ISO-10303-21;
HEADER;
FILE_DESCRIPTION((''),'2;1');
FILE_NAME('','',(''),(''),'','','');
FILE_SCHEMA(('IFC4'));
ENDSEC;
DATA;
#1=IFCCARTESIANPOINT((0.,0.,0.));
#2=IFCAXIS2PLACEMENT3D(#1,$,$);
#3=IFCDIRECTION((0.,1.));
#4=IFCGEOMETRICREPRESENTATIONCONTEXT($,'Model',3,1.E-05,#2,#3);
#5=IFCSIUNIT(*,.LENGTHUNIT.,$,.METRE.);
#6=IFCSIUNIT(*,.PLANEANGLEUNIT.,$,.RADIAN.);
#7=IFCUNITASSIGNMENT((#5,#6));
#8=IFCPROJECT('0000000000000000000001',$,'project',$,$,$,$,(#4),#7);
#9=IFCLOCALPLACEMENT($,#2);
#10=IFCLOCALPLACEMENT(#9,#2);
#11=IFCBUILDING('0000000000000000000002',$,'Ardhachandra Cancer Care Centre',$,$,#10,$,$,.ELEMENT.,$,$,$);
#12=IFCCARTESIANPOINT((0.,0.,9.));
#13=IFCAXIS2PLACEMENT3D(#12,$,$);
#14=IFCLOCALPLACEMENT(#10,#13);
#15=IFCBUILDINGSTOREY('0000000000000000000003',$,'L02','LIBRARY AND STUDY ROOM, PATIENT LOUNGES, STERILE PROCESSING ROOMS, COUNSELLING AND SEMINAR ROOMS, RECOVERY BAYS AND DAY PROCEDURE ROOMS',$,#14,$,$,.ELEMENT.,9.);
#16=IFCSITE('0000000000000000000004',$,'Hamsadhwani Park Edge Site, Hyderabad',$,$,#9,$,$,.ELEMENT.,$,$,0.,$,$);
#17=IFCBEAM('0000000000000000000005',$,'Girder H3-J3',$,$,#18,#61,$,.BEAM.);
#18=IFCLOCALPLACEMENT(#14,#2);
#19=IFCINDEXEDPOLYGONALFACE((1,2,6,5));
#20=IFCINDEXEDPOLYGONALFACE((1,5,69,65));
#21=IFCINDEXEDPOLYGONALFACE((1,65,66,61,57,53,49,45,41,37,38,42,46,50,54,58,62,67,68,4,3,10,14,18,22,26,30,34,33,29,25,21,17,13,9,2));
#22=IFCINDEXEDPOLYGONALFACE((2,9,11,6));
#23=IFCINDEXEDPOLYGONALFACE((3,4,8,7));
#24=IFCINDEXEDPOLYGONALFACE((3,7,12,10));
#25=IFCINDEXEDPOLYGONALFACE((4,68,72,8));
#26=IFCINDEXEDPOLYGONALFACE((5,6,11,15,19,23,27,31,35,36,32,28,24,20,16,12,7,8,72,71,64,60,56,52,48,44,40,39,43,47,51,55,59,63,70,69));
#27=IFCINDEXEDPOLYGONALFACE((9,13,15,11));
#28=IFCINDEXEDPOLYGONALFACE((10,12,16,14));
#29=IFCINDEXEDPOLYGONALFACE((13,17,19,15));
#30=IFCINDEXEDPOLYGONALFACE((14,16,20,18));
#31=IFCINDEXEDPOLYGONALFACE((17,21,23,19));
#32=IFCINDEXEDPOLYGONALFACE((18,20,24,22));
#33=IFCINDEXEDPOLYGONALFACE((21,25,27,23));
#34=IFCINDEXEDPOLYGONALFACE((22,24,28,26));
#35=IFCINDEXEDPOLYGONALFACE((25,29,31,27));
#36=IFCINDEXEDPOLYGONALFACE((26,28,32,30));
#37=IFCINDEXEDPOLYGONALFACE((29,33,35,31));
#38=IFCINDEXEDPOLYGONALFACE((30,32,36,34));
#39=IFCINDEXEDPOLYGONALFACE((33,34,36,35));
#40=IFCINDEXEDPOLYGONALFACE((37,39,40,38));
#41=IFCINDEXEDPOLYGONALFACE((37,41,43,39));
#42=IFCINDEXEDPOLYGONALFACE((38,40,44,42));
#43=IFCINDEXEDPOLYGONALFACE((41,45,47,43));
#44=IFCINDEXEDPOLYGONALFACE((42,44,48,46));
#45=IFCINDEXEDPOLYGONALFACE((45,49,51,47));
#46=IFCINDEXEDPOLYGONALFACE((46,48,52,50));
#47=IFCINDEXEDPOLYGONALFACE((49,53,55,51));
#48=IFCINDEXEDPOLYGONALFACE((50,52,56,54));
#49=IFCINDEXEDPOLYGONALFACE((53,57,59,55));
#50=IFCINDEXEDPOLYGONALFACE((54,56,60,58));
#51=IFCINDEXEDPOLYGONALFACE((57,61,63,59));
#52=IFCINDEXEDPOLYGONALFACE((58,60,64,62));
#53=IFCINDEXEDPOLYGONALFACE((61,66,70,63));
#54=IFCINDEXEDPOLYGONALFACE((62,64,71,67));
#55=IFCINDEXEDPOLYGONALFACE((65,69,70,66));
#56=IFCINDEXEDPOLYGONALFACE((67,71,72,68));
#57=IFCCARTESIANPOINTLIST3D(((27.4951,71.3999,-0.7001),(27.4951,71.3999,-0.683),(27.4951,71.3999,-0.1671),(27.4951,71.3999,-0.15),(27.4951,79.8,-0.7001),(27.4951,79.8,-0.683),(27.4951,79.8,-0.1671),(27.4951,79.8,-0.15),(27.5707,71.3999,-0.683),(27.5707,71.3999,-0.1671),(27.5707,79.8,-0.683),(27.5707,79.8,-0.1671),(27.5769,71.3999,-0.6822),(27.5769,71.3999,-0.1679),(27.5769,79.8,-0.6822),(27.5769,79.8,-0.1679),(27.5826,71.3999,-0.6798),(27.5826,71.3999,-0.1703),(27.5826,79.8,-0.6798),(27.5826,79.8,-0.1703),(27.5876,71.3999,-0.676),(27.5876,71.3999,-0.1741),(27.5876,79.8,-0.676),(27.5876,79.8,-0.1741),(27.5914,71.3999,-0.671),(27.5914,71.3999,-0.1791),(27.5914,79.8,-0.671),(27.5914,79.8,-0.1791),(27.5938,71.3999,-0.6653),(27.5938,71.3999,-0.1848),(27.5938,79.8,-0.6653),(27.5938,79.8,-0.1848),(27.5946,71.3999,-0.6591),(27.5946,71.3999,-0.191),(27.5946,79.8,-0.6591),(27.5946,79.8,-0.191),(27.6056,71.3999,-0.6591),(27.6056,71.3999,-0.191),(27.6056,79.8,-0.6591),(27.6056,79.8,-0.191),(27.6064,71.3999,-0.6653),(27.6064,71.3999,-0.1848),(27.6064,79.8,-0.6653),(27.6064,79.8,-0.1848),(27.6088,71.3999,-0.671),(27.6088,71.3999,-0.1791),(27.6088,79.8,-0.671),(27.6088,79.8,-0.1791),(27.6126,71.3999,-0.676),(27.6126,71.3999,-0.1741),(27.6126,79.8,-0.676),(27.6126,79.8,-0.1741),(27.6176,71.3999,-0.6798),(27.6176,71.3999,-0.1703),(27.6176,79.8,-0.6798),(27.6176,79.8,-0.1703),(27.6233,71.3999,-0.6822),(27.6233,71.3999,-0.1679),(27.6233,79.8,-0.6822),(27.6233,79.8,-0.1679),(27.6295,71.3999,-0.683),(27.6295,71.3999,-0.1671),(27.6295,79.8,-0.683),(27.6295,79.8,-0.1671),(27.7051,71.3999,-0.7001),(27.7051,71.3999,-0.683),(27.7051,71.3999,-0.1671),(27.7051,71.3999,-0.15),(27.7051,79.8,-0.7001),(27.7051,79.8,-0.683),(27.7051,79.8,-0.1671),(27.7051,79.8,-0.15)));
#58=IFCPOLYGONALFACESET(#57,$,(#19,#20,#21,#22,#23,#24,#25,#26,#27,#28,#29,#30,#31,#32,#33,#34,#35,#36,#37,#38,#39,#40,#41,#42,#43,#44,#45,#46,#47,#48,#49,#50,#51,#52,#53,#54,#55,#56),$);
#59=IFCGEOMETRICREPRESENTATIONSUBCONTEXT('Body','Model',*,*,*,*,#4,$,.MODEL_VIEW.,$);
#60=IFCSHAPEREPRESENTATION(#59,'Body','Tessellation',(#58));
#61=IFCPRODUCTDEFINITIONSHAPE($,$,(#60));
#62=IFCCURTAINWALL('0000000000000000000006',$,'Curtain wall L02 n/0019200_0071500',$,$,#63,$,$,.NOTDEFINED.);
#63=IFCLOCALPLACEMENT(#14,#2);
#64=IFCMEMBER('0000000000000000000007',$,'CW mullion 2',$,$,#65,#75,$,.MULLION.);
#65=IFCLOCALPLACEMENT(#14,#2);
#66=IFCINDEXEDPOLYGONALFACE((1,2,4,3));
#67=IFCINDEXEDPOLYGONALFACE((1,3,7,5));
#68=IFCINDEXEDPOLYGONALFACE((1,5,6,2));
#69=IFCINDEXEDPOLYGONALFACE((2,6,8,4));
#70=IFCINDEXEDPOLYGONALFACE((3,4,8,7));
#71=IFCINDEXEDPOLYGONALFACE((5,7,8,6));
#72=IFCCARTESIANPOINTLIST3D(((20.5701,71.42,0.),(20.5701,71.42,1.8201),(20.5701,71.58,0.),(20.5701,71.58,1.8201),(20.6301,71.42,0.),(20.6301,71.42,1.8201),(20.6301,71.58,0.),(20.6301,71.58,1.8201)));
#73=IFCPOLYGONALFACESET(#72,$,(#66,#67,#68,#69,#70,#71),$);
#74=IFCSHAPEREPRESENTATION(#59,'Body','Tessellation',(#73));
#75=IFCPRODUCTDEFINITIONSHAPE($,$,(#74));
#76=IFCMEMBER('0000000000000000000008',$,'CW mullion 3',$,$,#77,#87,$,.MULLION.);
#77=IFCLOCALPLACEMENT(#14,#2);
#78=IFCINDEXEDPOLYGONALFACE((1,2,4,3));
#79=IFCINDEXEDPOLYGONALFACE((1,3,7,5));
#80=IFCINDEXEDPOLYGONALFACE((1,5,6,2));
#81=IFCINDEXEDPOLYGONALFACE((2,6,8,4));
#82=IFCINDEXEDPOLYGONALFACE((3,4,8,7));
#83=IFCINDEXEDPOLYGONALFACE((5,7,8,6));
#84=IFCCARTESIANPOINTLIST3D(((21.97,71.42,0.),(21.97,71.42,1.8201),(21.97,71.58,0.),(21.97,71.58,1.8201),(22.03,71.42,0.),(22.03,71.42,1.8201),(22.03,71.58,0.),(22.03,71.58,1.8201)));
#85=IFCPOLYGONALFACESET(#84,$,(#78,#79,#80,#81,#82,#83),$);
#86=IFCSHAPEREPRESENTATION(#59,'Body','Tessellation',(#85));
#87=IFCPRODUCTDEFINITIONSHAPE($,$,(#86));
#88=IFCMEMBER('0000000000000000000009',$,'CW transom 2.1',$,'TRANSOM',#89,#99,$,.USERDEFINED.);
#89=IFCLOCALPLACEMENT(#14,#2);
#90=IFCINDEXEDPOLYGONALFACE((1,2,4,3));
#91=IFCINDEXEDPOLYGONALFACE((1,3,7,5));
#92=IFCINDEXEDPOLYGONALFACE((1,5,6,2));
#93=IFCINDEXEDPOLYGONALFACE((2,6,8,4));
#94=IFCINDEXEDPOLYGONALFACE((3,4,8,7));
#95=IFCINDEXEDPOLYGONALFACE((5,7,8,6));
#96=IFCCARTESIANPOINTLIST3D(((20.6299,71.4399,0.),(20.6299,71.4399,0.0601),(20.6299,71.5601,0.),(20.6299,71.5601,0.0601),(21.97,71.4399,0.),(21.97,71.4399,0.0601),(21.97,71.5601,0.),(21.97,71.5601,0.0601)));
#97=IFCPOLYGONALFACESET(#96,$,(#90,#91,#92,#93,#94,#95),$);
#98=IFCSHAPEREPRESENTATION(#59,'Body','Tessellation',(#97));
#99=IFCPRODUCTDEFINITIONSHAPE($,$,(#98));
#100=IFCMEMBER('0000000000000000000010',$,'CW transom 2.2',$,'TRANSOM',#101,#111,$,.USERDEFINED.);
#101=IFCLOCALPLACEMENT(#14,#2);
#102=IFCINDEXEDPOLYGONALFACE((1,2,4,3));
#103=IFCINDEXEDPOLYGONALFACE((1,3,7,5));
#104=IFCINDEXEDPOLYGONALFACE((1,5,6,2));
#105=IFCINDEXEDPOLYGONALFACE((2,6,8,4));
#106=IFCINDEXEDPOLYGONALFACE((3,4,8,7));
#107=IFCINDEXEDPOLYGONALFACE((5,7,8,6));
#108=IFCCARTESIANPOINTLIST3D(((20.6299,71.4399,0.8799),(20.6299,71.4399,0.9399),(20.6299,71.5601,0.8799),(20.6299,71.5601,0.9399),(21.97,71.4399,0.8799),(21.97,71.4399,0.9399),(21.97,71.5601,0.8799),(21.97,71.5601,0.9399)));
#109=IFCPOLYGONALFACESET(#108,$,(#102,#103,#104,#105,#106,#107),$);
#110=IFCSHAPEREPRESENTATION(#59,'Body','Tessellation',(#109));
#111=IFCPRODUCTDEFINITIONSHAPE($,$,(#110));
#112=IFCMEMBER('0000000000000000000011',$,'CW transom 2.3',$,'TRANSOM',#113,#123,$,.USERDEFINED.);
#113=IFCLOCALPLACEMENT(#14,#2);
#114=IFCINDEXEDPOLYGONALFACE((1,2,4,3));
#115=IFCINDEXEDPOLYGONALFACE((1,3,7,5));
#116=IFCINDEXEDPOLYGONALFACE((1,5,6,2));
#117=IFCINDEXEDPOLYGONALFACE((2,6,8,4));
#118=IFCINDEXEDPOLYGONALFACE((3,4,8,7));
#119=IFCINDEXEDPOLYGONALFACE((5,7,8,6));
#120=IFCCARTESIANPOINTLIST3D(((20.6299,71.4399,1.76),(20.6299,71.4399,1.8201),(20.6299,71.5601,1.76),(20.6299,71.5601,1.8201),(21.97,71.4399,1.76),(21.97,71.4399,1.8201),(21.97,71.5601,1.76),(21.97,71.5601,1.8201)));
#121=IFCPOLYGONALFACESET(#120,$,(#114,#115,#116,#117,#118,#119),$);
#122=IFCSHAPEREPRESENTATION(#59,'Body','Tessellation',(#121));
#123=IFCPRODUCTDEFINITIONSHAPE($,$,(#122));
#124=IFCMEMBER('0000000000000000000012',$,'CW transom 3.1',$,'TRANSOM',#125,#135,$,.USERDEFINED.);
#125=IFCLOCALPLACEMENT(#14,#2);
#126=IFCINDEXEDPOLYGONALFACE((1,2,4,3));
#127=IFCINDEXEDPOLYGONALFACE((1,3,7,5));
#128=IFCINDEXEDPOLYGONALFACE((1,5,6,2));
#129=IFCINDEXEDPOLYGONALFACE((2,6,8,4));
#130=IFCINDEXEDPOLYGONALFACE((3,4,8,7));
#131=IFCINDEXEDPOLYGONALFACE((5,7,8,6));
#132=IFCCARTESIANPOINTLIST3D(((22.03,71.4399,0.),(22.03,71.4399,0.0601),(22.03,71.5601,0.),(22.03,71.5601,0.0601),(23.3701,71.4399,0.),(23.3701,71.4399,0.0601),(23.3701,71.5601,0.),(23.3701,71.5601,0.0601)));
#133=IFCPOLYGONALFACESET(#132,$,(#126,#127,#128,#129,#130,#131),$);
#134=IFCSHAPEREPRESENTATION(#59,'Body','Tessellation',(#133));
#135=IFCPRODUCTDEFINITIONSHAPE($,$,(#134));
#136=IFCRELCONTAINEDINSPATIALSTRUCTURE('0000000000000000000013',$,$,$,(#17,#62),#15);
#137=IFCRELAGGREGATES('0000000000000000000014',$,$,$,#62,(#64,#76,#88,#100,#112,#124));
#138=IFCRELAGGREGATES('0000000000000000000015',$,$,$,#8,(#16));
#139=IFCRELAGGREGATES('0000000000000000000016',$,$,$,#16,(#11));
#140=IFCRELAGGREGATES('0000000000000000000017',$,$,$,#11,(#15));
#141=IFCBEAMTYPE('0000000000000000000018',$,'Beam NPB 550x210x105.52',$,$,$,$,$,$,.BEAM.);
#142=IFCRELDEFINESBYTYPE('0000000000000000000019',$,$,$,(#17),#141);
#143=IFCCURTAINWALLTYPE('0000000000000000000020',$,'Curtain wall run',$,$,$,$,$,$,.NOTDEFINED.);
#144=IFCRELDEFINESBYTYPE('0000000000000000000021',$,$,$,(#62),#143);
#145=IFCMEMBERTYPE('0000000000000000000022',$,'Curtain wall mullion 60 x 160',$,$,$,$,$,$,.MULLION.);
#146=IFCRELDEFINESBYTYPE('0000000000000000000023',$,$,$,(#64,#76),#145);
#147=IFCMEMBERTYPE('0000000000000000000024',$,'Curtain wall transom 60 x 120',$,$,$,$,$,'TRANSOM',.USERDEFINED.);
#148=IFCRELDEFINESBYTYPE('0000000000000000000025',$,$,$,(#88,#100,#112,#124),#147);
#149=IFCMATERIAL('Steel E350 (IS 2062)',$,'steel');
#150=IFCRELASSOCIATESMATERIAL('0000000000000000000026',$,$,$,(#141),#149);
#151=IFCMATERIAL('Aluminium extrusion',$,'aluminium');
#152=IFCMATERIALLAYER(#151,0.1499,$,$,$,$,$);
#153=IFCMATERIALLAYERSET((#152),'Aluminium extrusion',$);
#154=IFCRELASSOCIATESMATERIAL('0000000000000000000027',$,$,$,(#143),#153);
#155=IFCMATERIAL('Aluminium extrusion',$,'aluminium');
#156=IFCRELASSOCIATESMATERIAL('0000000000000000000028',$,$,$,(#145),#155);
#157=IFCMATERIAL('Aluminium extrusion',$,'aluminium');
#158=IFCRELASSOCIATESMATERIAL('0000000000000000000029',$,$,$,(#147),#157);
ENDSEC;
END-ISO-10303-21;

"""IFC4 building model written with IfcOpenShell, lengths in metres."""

from ifc_helpers import new_model, si_unit, direction, frame, origin, origin_2d, place, context, subcontext, project, spatial, rectangle, i_section, extrude, material, layer, layer_set, material_profile, profile_set, type_object, element, aggregate, save


model = new_model("IFC4")

# Units and contexts
model_context = context("Model", 3, precision=1e-05, world=origin(), true_north=direction((0.0, 1.0)))
body_context = subcontext(model_context, "Body", "Model", "MODEL_VIEW")
ifc_project = project(units=[si_unit("LENGTHUNIT", "METRE"), si_unit("PLANEANGLEUNIT", "RADIAN")], contexts=[model_context])

# Site, building, storey
site_placement = place(None, origin())
site = spatial("IfcSite", under=ifc_project, at=site_placement, Name="Hamsadhwani Park Edge Site, Hyderabad", CompositionType="ELEMENT", RefElevation=0.0)
building_placement = place(site_placement, origin())
building = spatial("IfcBuilding", under=site, at=building_placement, Name="Ardhachandra Cancer Care Centre", CompositionType="ELEMENT")
storey_placement = place(building_placement, frame((0.0, 0.0, 9.0)))
storey = spatial("IfcBuildingStorey", under=building, at=storey_placement, Name="L02", Description="LIBRARY AND STUDY ROOM, PATIENT LOUNGES, STERILE PROCESSING ROOMS, COUNSELLING AND SEMINAR ROOMS, RECOVERY BAYS AND DAY PROCEDURE ROOMS", CompositionType="ELEMENT", Elevation=9.0)

# Beam
ifc_material_1 = material(Name="Steel E350 (IS 2062)", Category="steel")
ifc_material_profile_1 = material_profile(ifc_material_1, i_section(OverallWidth=0.21, OverallDepth=0.55, WebThickness=0.011, FlangeThickness=0.0171, FilletRadius=0.0239, at=origin_2d()), Name="NPB 550x210x105.52")
ifc_profile_set_1 = profile_set([ifc_material_profile_1], Name="Steel E350 (IS 2062)")
beam_type_1 = type_object("IfcBeamType", Name="Beam NPB 550x210x105.52", PredefinedType="BEAM", material=ifc_profile_set_1)
beam_1_placement = place(storey_placement, frame((27.6001, 71.3999, -0.425), z_axis=(0.0, 1.0, 0.0), x_axis=(-1.0, 0.0, 0.0)))
element("IfcBeam", 1, at=beam_1_placement, inside=storey, type_object=beam_type_1, Name="Girder H3-J3", PredefinedType="BEAM", context=body_context, shape_type="SweptSolid", body=[
    extrude(i_section(OverallWidth=0.21, OverallDepth=0.55, WebThickness=0.011, FlangeThickness=0.0171, FilletRadius=0.0239, at=origin_2d()), origin(), (0.0, 0.0, 1.0), 8.4001),
])

# Curtain wall, members
ifc_material_2 = material(Name="Aluminium extrusion", Category="aluminium")
ifc_layer_1 = layer(ifc_material_2, 0.1499)
ifc_layer_set_1 = layer_set([ifc_layer_1], Name="Aluminium extrusion")
curtain_wall_type = type_object("IfcCurtainWallType", Name="Curtain wall run", PredefinedType="NOTDEFINED", material=ifc_layer_set_1)
curtain_wall_placement = place(storey_placement, origin())
curtain_wall = element("IfcCurtainWall", 2, at=curtain_wall_placement, inside=storey, type_object=curtain_wall_type, Name="Curtain wall L02 n/0019200_0071500", PredefinedType="NOTDEFINED")
ifc_material_3 = material(Name="Aluminium extrusion", Category="aluminium")
ifc_material_profile_2 = material_profile(ifc_material_3, rectangle(XDim=0.1599, YDim=0.0601, at=origin_2d()), Name="Curtain wall mullion 60 x 160")
ifc_profile_set_2 = profile_set([ifc_material_profile_2], Name="Aluminium extrusion")
member_type_1 = type_object("IfcMemberType", Name="Curtain wall mullion 60 x 160", PredefinedType="MULLION", material=ifc_profile_set_2)
member_1_placement = place(storey_placement, frame((20.6001, 71.5, 0.0), z_axis=(0.0, 0.0, 1.0), x_axis=(0.0, 1.0, 0.0)))
member_1 = element("IfcMember", 3, at=member_1_placement, type_object=member_type_1, Name="CW mullion 2", PredefinedType="MULLION", context=body_context, shape_type="SweptSolid", body=[
    extrude(rectangle(XDim=0.1599, YDim=0.0601, at=origin_2d()), origin(), (0.0, 0.0, 1.0), 1.8201),
])
member_2_placement = place(storey_placement, frame((22.0, 71.5, 0.0), z_axis=(0.0, 0.0, 1.0), x_axis=(0.0, 1.0, 0.0)))
member_2 = element("IfcMember", 4, at=member_2_placement, type_object=member_type_1, Name="CW mullion 3", PredefinedType="MULLION", context=body_context, shape_type="SweptSolid", body=[
    extrude(rectangle(XDim=0.1599, YDim=0.0601, at=origin_2d()), origin(), (0.0, 0.0, 1.0), 1.8201),
])
ifc_material_4 = material(Name="Aluminium extrusion", Category="aluminium")
ifc_material_profile_3 = material_profile(ifc_material_4, rectangle(XDim=0.1201, YDim=0.0601, at=origin_2d()), Name="Curtain wall transom 60 x 120")
ifc_profile_set_3 = profile_set([ifc_material_profile_3], Name="Aluminium extrusion")
member_type_2 = type_object("IfcMemberType", Name="Curtain wall transom 60 x 120", ElementType="TRANSOM", PredefinedType="USERDEFINED", material=ifc_profile_set_3)
member_3_placement = place(storey_placement, frame((20.6299, 71.5, 0.03), z_axis=(1.0, 0.0, 0.0), x_axis=(0.0, 1.0, 0.0)))
member_3 = element("IfcMember", 5, at=member_3_placement, type_object=member_type_2, Name="CW transom 2.1", ObjectType="TRANSOM", PredefinedType="USERDEFINED", context=body_context, shape_type="SweptSolid", body=[
    extrude(rectangle(XDim=0.1201, YDim=0.0601, at=origin_2d()), origin(), (0.0, 0.0, 1.0), 1.3401),
])
member_4_placement = place(storey_placement, frame((20.6299, 71.5, 0.9099), z_axis=(1.0, 0.0, 0.0), x_axis=(0.0, 1.0, 0.0)))
member_4 = element("IfcMember", 6, at=member_4_placement, type_object=member_type_2, Name="CW transom 2.2", ObjectType="TRANSOM", PredefinedType="USERDEFINED", context=body_context, shape_type="SweptSolid", body=[
    extrude(rectangle(XDim=0.1201, YDim=0.0601, at=origin_2d()), origin(), (0.0, 0.0, 1.0), 1.3401),
])
member_5_placement = place(storey_placement, frame((20.6299, 71.5, 1.79), z_axis=(1.0, 0.0, 0.0), x_axis=(0.0, 1.0, 0.0)))
member_5 = element("IfcMember", 7, at=member_5_placement, type_object=member_type_2, Name="CW transom 2.3", ObjectType="TRANSOM", PredefinedType="USERDEFINED", context=body_context, shape_type="SweptSolid", body=[
    extrude(rectangle(XDim=0.1201, YDim=0.0601, at=origin_2d()), origin(), (0.0, 0.0, 1.0), 1.3401),
])
member_6_placement = place(storey_placement, frame((22.03, 71.5, 0.03), z_axis=(1.0, 0.0, 0.0), x_axis=(0.0, 1.0, 0.0)))
member_6 = element("IfcMember", 8, at=member_6_placement, type_object=member_type_2, Name="CW transom 3.1", ObjectType="TRANSOM", PredefinedType="USERDEFINED", context=body_context, shape_type="SweptSolid", body=[
    extrude(rectangle(XDim=0.1201, YDim=0.0601, at=origin_2d()), origin(), (0.0, 0.0, 1.0), 1.3401),
])

aggregate(curtain_wall, [member_1, member_2, member_3, member_4, member_5, member_6])

save(model, "model.ifc")
